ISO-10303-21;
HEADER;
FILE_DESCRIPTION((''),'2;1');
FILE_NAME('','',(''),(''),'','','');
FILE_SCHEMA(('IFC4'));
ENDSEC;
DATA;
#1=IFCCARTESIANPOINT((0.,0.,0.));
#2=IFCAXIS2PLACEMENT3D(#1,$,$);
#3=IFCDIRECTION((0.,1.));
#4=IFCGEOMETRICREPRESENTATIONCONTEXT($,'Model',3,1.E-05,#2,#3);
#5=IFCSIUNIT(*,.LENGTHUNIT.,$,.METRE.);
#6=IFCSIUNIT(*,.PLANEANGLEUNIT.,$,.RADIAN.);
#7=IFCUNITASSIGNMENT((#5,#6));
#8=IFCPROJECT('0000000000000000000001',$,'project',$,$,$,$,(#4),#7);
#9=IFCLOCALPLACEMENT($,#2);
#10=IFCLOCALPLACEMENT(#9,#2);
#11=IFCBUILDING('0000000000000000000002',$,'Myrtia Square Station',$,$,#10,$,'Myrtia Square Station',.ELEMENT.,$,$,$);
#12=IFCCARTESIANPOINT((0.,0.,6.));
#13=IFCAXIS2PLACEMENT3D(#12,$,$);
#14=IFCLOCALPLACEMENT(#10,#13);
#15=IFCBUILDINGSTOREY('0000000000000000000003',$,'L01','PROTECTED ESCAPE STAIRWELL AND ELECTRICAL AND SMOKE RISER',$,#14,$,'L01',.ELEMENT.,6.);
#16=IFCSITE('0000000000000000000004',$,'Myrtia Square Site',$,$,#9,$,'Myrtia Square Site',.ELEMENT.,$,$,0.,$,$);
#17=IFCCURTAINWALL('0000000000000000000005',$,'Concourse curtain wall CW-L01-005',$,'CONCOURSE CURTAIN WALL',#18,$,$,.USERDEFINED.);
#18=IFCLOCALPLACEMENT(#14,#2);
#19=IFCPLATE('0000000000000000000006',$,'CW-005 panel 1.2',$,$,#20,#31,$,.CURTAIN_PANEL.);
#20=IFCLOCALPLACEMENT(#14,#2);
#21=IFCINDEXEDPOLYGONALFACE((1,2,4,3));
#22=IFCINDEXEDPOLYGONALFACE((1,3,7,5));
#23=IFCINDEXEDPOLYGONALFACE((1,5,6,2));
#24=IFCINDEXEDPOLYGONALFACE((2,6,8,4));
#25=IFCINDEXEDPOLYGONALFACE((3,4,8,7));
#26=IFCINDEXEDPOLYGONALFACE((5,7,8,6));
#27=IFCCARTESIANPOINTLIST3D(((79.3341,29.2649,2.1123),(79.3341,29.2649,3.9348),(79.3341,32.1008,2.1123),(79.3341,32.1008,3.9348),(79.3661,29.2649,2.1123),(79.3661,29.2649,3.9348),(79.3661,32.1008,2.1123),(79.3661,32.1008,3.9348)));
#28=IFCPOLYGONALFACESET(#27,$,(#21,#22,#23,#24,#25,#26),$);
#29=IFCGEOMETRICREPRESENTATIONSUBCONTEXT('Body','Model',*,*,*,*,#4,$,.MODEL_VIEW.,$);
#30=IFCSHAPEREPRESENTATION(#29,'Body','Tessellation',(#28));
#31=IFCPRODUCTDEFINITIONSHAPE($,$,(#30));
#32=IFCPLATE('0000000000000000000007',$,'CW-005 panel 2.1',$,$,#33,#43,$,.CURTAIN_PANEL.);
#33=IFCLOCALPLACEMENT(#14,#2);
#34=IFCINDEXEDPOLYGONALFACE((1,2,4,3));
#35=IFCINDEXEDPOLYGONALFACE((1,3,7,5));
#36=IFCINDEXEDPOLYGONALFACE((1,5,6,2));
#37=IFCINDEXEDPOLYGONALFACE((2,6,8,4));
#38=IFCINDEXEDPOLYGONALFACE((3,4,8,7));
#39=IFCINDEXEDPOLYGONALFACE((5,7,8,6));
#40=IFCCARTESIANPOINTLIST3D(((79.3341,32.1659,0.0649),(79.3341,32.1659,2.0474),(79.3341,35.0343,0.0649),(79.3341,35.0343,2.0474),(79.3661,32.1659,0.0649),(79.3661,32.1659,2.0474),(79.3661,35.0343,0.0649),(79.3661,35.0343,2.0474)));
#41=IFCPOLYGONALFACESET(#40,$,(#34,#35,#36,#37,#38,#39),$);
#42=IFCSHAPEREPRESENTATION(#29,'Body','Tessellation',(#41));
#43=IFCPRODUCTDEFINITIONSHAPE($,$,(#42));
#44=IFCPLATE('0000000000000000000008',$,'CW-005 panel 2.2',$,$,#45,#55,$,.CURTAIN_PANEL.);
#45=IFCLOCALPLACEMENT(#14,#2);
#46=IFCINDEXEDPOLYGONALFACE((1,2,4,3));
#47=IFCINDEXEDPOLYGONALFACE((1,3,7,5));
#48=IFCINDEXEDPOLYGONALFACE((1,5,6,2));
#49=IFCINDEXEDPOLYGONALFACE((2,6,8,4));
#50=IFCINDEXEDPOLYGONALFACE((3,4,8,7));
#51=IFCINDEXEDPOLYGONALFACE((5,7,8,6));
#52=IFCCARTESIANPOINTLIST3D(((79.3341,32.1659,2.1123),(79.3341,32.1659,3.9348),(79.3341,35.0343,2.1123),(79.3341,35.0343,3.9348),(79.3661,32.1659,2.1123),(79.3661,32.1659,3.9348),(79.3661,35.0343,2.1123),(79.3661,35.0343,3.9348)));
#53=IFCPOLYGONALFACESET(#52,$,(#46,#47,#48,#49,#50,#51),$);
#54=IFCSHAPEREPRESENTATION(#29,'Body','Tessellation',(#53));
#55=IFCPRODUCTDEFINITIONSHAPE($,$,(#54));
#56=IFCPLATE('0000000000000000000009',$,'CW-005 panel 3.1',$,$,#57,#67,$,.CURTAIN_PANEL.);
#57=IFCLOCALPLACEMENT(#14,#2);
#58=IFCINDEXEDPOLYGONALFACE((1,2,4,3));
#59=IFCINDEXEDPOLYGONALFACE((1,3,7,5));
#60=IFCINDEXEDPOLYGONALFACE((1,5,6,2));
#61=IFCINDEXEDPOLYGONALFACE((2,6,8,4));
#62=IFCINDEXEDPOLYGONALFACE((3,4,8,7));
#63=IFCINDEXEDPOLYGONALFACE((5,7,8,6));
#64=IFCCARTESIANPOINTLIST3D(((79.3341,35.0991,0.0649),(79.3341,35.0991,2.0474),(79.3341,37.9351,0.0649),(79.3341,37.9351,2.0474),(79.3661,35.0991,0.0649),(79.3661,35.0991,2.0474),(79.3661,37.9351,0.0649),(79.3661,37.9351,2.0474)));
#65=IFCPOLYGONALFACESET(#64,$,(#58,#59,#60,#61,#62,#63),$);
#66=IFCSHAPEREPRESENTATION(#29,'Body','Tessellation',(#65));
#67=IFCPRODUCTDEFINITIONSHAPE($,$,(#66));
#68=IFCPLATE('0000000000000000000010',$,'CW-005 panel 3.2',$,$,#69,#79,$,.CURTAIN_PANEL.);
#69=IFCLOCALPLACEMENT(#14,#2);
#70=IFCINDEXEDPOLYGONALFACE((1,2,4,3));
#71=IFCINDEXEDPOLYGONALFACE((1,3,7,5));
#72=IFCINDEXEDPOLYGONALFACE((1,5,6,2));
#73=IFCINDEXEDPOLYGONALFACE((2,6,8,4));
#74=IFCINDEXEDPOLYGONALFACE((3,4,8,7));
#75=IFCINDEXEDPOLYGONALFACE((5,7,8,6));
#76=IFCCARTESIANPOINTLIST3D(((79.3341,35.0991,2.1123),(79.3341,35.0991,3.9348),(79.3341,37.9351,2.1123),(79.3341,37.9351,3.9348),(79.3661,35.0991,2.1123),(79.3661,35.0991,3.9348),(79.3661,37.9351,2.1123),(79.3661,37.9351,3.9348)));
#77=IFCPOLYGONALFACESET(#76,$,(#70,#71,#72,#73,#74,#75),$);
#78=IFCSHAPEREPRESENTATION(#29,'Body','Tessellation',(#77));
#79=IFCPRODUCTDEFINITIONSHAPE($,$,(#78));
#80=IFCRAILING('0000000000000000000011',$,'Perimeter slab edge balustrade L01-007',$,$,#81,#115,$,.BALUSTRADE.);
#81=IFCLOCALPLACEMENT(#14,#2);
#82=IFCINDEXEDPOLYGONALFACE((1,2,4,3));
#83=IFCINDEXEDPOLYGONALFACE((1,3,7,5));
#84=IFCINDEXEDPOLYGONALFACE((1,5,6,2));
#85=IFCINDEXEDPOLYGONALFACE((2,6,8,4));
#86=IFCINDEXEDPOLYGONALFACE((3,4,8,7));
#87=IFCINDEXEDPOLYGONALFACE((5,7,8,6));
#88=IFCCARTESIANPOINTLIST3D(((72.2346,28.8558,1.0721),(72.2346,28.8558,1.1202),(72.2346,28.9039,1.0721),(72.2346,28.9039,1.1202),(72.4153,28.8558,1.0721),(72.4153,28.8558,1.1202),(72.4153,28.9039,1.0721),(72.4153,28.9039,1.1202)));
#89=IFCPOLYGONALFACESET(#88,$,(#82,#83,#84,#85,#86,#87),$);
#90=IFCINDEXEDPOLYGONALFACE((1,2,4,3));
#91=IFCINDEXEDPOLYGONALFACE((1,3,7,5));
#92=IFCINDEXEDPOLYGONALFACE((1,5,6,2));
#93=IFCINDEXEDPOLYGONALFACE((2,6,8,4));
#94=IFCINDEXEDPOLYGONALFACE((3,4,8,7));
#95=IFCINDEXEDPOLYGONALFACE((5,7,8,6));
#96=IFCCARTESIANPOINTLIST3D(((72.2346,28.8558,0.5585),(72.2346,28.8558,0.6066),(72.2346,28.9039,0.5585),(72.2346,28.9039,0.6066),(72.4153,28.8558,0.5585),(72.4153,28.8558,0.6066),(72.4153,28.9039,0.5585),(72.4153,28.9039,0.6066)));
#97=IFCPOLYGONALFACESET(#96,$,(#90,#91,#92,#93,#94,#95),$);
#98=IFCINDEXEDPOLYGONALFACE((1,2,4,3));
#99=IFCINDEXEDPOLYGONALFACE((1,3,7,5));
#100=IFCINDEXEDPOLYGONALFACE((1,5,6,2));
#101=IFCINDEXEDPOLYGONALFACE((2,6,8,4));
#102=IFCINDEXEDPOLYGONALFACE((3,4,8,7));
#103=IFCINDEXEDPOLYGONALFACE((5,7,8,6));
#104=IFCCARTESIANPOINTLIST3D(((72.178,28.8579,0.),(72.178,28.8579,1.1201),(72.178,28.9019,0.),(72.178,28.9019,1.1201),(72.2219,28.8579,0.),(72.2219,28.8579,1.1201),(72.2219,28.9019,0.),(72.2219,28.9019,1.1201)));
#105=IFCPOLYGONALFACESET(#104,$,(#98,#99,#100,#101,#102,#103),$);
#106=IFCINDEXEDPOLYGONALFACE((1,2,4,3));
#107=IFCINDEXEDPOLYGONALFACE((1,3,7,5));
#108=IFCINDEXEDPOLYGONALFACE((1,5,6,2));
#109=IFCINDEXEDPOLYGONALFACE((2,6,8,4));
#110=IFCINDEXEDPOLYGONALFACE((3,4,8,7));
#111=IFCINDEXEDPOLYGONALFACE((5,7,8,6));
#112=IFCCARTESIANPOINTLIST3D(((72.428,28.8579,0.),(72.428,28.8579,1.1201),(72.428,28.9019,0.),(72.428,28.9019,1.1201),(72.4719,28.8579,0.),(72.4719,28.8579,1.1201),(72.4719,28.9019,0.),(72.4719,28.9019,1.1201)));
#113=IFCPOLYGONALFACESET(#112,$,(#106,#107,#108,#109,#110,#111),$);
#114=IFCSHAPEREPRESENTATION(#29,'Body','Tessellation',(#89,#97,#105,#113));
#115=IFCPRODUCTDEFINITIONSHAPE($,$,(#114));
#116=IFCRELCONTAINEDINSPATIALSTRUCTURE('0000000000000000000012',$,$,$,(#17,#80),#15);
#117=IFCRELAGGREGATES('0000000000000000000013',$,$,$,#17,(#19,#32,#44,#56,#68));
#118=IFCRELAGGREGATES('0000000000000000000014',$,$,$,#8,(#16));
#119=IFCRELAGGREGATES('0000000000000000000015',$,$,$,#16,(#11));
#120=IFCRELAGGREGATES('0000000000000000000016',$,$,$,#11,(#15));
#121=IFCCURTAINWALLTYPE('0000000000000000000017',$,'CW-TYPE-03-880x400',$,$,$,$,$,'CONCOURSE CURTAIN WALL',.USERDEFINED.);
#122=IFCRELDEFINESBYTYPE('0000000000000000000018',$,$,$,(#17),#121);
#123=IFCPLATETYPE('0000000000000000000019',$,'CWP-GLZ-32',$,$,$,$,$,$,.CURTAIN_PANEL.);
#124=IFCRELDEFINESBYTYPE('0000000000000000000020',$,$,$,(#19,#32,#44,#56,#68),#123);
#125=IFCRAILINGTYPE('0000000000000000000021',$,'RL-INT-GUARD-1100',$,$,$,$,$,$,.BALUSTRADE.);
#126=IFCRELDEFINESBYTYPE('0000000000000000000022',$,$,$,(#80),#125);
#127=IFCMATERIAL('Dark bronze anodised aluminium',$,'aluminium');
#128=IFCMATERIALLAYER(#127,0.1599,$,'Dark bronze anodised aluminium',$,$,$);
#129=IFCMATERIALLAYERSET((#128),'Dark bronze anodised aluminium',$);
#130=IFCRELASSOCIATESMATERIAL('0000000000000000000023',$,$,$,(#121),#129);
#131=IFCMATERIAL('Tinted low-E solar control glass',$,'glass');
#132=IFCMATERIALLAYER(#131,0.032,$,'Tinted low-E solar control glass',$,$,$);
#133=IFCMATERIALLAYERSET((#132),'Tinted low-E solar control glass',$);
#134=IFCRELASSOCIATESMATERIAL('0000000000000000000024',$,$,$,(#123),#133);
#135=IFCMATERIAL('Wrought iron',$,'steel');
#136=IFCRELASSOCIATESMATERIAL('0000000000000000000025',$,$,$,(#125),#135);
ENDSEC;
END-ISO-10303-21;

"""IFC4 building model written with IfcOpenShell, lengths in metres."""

from ifc_helpers import new_model, si_unit, direction, frame, origin, origin_2d, place, context, subcontext, project, spatial, rectangle, extrude, material, layer, layer_set, type_object, element, aggregate, save


model = new_model("IFC4")

# Units and contexts
model_context = context("Model", 3, precision=1e-05, world=origin(), true_north=direction((0.0, 1.0)))
body_context = subcontext(model_context, "Body", "Model", "MODEL_VIEW")
ifc_project = project(units=[si_unit("LENGTHUNIT", "METRE"), si_unit("PLANEANGLEUNIT", "RADIAN")], contexts=[model_context])

# Site, building, storey
site_placement = place(None, origin())
site = spatial("IfcSite", under=ifc_project, at=site_placement, Name="Myrtia Square Site", LongName="Myrtia Square Site", CompositionType="ELEMENT", RefElevation=0.0)
building_placement = place(site_placement, origin())
building = spatial("IfcBuilding", under=site, at=building_placement, Name="Myrtia Square Station", LongName="Myrtia Square Station", CompositionType="ELEMENT")
storey_placement = place(building_placement, frame((0.0, 0.0, 6.0)))
storey = spatial("IfcBuildingStorey", under=building, at=storey_placement, Name="L01", Description="PROTECTED ESCAPE STAIRWELL AND ELECTRICAL AND SMOKE RISER", LongName="L01", CompositionType="ELEMENT", Elevation=6.0)

# Curtain wall, plates
ifc_material_1 = material(Name="Dark bronze anodised aluminium", Category="aluminium")
ifc_layer_1 = layer(ifc_material_1, 0.1599, Name="Dark bronze anodised aluminium")
ifc_layer_set_1 = layer_set([ifc_layer_1], Name="Dark bronze anodised aluminium")
curtain_wall_type = type_object("IfcCurtainWallType", Name="CW-TYPE-03-880x400", ElementType="CONCOURSE CURTAIN WALL", PredefinedType="USERDEFINED", material=ifc_layer_set_1)
curtain_wall_placement = place(storey_placement, origin())
curtain_wall = element("IfcCurtainWall", 1, at=curtain_wall_placement, inside=storey, type_object=curtain_wall_type, Name="Concourse curtain wall CW-L01-005", ObjectType="CONCOURSE CURTAIN WALL", PredefinedType="USERDEFINED")
ifc_material_2 = material(Name="Tinted low-E solar control glass", Category="glass")
ifc_layer_2 = layer(ifc_material_2, 0.032, Name="Tinted low-E solar control glass")
ifc_layer_set_2 = layer_set([ifc_layer_2], Name="Tinted low-E solar control glass")
plate_type = type_object("IfcPlateType", Name="CWP-GLZ-32", PredefinedType="CURTAIN_PANEL", material=ifc_layer_set_2)
plate_1_placement = place(storey_placement, frame((79.3501, 30.6829, 2.1123), z_axis=(0.0, 0.0, 1.0), x_axis=(0.0, 1.0, 0.0)))
plate_1 = element("IfcPlate", 2, at=plate_1_placement, type_object=plate_type, Name="CW-005 panel 1.2", PredefinedType="CURTAIN_PANEL", context=body_context, shape_type="SweptSolid", body=[
    extrude(rectangle(XDim=2.8359, YDim=0.032, at=origin_2d()), origin(), (0.0, 0.0, 1.0), 1.8225),
])
plate_2_placement = place(storey_placement, frame((79.3501, 33.6001, 0.0649), z_axis=(0.0, 0.0, 1.0), x_axis=(0.0, 1.0, 0.0)))
plate_2 = element("IfcPlate", 3, at=plate_2_placement, type_object=plate_type, Name="CW-005 panel 2.1", PredefinedType="CURTAIN_PANEL", context=body_context, shape_type="SweptSolid", body=[
    extrude(rectangle(XDim=2.8684, YDim=0.032, at=origin_2d()), origin(), (0.0, 0.0, 1.0), 1.9824),
])
plate_3_placement = place(storey_placement, frame((79.3501, 33.6001, 2.1123), z_axis=(0.0, 0.0, 1.0), x_axis=(0.0, 1.0, 0.0)))
plate_3 = element("IfcPlate", 4, at=plate_3_placement, type_object=plate_type, Name="CW-005 panel 2.2", PredefinedType="CURTAIN_PANEL", context=body_context, shape_type="SweptSolid", body=[
    extrude(rectangle(XDim=2.8684, YDim=0.032, at=origin_2d()), origin(), (0.0, 0.0, 1.0), 1.8225),
])
plate_4_placement = place(storey_placement, frame((79.3501, 36.5171, 0.0649), z_axis=(0.0, 0.0, 1.0), x_axis=(0.0, 1.0, 0.0)))
plate_4 = element("IfcPlate", 5, at=plate_4_placement, type_object=plate_type, Name="CW-005 panel 3.1", PredefinedType="CURTAIN_PANEL", context=body_context, shape_type="SweptSolid", body=[
    extrude(rectangle(XDim=2.8359, YDim=0.032, at=origin_2d()), origin(), (0.0, 0.0, 1.0), 1.9824),
])
plate_5_placement = place(storey_placement, frame((79.3501, 36.5171, 2.1123), z_axis=(0.0, 0.0, 1.0), x_axis=(0.0, 1.0, 0.0)))
plate_5 = element("IfcPlate", 6, at=plate_5_placement, type_object=plate_type, Name="CW-005 panel 3.2", PredefinedType="CURTAIN_PANEL", context=body_context, shape_type="SweptSolid", body=[
    extrude(rectangle(XDim=2.8359, YDim=0.032, at=origin_2d()), origin(), (0.0, 0.0, 1.0), 1.8225),
])
aggregate(curtain_wall, [plate_1, plate_2, plate_3, plate_4, plate_5])

# Railing
ifc_material_3 = material(Name="Wrought iron", Category="steel")
railing_type = type_object("IfcRailingType", Name="RL-INT-GUARD-1100", PredefinedType="BALUSTRADE", material=ifc_material_3)
railing_1_placement = place(storey_placement, frame((72.2, 28.8799, 0.0)))
element("IfcRailing", 7, at=railing_1_placement, inside=storey, type_object=railing_type, Name="Perimeter slab edge balustrade L01-007", PredefinedType="BALUSTRADE", context=body_context, shape_type="SweptSolid", body=[
    extrude(rectangle(XDim=0.0481, YDim=0.0481, at=origin_2d()), frame((0.0347, 0.0, 1.0962), z_axis=(1.0, 0.0, 0.0), x_axis=(0.0, 1.0, 0.0)), (0.0, 0.0, 1.0), 0.1807),
    extrude(rectangle(XDim=0.0481, YDim=0.0481, at=origin_2d()), frame((0.0347, 0.0, 0.5825), z_axis=(1.0, 0.0, 0.0), x_axis=(0.0, 1.0, 0.0)), (0.0, 0.0, 1.0), 0.1807),
    extrude(rectangle(XDim=0.0439, YDim=0.0439, at=origin_2d()), origin(), (0.0, 0.0, 1.0), 1.1201),
    extrude(rectangle(XDim=0.0439, YDim=0.0439, at=origin_2d()), frame((0.25, 0.0, 0.0)), (0.0, 0.0, 1.0), 1.1201),
])

save(model, "model.ifc")
